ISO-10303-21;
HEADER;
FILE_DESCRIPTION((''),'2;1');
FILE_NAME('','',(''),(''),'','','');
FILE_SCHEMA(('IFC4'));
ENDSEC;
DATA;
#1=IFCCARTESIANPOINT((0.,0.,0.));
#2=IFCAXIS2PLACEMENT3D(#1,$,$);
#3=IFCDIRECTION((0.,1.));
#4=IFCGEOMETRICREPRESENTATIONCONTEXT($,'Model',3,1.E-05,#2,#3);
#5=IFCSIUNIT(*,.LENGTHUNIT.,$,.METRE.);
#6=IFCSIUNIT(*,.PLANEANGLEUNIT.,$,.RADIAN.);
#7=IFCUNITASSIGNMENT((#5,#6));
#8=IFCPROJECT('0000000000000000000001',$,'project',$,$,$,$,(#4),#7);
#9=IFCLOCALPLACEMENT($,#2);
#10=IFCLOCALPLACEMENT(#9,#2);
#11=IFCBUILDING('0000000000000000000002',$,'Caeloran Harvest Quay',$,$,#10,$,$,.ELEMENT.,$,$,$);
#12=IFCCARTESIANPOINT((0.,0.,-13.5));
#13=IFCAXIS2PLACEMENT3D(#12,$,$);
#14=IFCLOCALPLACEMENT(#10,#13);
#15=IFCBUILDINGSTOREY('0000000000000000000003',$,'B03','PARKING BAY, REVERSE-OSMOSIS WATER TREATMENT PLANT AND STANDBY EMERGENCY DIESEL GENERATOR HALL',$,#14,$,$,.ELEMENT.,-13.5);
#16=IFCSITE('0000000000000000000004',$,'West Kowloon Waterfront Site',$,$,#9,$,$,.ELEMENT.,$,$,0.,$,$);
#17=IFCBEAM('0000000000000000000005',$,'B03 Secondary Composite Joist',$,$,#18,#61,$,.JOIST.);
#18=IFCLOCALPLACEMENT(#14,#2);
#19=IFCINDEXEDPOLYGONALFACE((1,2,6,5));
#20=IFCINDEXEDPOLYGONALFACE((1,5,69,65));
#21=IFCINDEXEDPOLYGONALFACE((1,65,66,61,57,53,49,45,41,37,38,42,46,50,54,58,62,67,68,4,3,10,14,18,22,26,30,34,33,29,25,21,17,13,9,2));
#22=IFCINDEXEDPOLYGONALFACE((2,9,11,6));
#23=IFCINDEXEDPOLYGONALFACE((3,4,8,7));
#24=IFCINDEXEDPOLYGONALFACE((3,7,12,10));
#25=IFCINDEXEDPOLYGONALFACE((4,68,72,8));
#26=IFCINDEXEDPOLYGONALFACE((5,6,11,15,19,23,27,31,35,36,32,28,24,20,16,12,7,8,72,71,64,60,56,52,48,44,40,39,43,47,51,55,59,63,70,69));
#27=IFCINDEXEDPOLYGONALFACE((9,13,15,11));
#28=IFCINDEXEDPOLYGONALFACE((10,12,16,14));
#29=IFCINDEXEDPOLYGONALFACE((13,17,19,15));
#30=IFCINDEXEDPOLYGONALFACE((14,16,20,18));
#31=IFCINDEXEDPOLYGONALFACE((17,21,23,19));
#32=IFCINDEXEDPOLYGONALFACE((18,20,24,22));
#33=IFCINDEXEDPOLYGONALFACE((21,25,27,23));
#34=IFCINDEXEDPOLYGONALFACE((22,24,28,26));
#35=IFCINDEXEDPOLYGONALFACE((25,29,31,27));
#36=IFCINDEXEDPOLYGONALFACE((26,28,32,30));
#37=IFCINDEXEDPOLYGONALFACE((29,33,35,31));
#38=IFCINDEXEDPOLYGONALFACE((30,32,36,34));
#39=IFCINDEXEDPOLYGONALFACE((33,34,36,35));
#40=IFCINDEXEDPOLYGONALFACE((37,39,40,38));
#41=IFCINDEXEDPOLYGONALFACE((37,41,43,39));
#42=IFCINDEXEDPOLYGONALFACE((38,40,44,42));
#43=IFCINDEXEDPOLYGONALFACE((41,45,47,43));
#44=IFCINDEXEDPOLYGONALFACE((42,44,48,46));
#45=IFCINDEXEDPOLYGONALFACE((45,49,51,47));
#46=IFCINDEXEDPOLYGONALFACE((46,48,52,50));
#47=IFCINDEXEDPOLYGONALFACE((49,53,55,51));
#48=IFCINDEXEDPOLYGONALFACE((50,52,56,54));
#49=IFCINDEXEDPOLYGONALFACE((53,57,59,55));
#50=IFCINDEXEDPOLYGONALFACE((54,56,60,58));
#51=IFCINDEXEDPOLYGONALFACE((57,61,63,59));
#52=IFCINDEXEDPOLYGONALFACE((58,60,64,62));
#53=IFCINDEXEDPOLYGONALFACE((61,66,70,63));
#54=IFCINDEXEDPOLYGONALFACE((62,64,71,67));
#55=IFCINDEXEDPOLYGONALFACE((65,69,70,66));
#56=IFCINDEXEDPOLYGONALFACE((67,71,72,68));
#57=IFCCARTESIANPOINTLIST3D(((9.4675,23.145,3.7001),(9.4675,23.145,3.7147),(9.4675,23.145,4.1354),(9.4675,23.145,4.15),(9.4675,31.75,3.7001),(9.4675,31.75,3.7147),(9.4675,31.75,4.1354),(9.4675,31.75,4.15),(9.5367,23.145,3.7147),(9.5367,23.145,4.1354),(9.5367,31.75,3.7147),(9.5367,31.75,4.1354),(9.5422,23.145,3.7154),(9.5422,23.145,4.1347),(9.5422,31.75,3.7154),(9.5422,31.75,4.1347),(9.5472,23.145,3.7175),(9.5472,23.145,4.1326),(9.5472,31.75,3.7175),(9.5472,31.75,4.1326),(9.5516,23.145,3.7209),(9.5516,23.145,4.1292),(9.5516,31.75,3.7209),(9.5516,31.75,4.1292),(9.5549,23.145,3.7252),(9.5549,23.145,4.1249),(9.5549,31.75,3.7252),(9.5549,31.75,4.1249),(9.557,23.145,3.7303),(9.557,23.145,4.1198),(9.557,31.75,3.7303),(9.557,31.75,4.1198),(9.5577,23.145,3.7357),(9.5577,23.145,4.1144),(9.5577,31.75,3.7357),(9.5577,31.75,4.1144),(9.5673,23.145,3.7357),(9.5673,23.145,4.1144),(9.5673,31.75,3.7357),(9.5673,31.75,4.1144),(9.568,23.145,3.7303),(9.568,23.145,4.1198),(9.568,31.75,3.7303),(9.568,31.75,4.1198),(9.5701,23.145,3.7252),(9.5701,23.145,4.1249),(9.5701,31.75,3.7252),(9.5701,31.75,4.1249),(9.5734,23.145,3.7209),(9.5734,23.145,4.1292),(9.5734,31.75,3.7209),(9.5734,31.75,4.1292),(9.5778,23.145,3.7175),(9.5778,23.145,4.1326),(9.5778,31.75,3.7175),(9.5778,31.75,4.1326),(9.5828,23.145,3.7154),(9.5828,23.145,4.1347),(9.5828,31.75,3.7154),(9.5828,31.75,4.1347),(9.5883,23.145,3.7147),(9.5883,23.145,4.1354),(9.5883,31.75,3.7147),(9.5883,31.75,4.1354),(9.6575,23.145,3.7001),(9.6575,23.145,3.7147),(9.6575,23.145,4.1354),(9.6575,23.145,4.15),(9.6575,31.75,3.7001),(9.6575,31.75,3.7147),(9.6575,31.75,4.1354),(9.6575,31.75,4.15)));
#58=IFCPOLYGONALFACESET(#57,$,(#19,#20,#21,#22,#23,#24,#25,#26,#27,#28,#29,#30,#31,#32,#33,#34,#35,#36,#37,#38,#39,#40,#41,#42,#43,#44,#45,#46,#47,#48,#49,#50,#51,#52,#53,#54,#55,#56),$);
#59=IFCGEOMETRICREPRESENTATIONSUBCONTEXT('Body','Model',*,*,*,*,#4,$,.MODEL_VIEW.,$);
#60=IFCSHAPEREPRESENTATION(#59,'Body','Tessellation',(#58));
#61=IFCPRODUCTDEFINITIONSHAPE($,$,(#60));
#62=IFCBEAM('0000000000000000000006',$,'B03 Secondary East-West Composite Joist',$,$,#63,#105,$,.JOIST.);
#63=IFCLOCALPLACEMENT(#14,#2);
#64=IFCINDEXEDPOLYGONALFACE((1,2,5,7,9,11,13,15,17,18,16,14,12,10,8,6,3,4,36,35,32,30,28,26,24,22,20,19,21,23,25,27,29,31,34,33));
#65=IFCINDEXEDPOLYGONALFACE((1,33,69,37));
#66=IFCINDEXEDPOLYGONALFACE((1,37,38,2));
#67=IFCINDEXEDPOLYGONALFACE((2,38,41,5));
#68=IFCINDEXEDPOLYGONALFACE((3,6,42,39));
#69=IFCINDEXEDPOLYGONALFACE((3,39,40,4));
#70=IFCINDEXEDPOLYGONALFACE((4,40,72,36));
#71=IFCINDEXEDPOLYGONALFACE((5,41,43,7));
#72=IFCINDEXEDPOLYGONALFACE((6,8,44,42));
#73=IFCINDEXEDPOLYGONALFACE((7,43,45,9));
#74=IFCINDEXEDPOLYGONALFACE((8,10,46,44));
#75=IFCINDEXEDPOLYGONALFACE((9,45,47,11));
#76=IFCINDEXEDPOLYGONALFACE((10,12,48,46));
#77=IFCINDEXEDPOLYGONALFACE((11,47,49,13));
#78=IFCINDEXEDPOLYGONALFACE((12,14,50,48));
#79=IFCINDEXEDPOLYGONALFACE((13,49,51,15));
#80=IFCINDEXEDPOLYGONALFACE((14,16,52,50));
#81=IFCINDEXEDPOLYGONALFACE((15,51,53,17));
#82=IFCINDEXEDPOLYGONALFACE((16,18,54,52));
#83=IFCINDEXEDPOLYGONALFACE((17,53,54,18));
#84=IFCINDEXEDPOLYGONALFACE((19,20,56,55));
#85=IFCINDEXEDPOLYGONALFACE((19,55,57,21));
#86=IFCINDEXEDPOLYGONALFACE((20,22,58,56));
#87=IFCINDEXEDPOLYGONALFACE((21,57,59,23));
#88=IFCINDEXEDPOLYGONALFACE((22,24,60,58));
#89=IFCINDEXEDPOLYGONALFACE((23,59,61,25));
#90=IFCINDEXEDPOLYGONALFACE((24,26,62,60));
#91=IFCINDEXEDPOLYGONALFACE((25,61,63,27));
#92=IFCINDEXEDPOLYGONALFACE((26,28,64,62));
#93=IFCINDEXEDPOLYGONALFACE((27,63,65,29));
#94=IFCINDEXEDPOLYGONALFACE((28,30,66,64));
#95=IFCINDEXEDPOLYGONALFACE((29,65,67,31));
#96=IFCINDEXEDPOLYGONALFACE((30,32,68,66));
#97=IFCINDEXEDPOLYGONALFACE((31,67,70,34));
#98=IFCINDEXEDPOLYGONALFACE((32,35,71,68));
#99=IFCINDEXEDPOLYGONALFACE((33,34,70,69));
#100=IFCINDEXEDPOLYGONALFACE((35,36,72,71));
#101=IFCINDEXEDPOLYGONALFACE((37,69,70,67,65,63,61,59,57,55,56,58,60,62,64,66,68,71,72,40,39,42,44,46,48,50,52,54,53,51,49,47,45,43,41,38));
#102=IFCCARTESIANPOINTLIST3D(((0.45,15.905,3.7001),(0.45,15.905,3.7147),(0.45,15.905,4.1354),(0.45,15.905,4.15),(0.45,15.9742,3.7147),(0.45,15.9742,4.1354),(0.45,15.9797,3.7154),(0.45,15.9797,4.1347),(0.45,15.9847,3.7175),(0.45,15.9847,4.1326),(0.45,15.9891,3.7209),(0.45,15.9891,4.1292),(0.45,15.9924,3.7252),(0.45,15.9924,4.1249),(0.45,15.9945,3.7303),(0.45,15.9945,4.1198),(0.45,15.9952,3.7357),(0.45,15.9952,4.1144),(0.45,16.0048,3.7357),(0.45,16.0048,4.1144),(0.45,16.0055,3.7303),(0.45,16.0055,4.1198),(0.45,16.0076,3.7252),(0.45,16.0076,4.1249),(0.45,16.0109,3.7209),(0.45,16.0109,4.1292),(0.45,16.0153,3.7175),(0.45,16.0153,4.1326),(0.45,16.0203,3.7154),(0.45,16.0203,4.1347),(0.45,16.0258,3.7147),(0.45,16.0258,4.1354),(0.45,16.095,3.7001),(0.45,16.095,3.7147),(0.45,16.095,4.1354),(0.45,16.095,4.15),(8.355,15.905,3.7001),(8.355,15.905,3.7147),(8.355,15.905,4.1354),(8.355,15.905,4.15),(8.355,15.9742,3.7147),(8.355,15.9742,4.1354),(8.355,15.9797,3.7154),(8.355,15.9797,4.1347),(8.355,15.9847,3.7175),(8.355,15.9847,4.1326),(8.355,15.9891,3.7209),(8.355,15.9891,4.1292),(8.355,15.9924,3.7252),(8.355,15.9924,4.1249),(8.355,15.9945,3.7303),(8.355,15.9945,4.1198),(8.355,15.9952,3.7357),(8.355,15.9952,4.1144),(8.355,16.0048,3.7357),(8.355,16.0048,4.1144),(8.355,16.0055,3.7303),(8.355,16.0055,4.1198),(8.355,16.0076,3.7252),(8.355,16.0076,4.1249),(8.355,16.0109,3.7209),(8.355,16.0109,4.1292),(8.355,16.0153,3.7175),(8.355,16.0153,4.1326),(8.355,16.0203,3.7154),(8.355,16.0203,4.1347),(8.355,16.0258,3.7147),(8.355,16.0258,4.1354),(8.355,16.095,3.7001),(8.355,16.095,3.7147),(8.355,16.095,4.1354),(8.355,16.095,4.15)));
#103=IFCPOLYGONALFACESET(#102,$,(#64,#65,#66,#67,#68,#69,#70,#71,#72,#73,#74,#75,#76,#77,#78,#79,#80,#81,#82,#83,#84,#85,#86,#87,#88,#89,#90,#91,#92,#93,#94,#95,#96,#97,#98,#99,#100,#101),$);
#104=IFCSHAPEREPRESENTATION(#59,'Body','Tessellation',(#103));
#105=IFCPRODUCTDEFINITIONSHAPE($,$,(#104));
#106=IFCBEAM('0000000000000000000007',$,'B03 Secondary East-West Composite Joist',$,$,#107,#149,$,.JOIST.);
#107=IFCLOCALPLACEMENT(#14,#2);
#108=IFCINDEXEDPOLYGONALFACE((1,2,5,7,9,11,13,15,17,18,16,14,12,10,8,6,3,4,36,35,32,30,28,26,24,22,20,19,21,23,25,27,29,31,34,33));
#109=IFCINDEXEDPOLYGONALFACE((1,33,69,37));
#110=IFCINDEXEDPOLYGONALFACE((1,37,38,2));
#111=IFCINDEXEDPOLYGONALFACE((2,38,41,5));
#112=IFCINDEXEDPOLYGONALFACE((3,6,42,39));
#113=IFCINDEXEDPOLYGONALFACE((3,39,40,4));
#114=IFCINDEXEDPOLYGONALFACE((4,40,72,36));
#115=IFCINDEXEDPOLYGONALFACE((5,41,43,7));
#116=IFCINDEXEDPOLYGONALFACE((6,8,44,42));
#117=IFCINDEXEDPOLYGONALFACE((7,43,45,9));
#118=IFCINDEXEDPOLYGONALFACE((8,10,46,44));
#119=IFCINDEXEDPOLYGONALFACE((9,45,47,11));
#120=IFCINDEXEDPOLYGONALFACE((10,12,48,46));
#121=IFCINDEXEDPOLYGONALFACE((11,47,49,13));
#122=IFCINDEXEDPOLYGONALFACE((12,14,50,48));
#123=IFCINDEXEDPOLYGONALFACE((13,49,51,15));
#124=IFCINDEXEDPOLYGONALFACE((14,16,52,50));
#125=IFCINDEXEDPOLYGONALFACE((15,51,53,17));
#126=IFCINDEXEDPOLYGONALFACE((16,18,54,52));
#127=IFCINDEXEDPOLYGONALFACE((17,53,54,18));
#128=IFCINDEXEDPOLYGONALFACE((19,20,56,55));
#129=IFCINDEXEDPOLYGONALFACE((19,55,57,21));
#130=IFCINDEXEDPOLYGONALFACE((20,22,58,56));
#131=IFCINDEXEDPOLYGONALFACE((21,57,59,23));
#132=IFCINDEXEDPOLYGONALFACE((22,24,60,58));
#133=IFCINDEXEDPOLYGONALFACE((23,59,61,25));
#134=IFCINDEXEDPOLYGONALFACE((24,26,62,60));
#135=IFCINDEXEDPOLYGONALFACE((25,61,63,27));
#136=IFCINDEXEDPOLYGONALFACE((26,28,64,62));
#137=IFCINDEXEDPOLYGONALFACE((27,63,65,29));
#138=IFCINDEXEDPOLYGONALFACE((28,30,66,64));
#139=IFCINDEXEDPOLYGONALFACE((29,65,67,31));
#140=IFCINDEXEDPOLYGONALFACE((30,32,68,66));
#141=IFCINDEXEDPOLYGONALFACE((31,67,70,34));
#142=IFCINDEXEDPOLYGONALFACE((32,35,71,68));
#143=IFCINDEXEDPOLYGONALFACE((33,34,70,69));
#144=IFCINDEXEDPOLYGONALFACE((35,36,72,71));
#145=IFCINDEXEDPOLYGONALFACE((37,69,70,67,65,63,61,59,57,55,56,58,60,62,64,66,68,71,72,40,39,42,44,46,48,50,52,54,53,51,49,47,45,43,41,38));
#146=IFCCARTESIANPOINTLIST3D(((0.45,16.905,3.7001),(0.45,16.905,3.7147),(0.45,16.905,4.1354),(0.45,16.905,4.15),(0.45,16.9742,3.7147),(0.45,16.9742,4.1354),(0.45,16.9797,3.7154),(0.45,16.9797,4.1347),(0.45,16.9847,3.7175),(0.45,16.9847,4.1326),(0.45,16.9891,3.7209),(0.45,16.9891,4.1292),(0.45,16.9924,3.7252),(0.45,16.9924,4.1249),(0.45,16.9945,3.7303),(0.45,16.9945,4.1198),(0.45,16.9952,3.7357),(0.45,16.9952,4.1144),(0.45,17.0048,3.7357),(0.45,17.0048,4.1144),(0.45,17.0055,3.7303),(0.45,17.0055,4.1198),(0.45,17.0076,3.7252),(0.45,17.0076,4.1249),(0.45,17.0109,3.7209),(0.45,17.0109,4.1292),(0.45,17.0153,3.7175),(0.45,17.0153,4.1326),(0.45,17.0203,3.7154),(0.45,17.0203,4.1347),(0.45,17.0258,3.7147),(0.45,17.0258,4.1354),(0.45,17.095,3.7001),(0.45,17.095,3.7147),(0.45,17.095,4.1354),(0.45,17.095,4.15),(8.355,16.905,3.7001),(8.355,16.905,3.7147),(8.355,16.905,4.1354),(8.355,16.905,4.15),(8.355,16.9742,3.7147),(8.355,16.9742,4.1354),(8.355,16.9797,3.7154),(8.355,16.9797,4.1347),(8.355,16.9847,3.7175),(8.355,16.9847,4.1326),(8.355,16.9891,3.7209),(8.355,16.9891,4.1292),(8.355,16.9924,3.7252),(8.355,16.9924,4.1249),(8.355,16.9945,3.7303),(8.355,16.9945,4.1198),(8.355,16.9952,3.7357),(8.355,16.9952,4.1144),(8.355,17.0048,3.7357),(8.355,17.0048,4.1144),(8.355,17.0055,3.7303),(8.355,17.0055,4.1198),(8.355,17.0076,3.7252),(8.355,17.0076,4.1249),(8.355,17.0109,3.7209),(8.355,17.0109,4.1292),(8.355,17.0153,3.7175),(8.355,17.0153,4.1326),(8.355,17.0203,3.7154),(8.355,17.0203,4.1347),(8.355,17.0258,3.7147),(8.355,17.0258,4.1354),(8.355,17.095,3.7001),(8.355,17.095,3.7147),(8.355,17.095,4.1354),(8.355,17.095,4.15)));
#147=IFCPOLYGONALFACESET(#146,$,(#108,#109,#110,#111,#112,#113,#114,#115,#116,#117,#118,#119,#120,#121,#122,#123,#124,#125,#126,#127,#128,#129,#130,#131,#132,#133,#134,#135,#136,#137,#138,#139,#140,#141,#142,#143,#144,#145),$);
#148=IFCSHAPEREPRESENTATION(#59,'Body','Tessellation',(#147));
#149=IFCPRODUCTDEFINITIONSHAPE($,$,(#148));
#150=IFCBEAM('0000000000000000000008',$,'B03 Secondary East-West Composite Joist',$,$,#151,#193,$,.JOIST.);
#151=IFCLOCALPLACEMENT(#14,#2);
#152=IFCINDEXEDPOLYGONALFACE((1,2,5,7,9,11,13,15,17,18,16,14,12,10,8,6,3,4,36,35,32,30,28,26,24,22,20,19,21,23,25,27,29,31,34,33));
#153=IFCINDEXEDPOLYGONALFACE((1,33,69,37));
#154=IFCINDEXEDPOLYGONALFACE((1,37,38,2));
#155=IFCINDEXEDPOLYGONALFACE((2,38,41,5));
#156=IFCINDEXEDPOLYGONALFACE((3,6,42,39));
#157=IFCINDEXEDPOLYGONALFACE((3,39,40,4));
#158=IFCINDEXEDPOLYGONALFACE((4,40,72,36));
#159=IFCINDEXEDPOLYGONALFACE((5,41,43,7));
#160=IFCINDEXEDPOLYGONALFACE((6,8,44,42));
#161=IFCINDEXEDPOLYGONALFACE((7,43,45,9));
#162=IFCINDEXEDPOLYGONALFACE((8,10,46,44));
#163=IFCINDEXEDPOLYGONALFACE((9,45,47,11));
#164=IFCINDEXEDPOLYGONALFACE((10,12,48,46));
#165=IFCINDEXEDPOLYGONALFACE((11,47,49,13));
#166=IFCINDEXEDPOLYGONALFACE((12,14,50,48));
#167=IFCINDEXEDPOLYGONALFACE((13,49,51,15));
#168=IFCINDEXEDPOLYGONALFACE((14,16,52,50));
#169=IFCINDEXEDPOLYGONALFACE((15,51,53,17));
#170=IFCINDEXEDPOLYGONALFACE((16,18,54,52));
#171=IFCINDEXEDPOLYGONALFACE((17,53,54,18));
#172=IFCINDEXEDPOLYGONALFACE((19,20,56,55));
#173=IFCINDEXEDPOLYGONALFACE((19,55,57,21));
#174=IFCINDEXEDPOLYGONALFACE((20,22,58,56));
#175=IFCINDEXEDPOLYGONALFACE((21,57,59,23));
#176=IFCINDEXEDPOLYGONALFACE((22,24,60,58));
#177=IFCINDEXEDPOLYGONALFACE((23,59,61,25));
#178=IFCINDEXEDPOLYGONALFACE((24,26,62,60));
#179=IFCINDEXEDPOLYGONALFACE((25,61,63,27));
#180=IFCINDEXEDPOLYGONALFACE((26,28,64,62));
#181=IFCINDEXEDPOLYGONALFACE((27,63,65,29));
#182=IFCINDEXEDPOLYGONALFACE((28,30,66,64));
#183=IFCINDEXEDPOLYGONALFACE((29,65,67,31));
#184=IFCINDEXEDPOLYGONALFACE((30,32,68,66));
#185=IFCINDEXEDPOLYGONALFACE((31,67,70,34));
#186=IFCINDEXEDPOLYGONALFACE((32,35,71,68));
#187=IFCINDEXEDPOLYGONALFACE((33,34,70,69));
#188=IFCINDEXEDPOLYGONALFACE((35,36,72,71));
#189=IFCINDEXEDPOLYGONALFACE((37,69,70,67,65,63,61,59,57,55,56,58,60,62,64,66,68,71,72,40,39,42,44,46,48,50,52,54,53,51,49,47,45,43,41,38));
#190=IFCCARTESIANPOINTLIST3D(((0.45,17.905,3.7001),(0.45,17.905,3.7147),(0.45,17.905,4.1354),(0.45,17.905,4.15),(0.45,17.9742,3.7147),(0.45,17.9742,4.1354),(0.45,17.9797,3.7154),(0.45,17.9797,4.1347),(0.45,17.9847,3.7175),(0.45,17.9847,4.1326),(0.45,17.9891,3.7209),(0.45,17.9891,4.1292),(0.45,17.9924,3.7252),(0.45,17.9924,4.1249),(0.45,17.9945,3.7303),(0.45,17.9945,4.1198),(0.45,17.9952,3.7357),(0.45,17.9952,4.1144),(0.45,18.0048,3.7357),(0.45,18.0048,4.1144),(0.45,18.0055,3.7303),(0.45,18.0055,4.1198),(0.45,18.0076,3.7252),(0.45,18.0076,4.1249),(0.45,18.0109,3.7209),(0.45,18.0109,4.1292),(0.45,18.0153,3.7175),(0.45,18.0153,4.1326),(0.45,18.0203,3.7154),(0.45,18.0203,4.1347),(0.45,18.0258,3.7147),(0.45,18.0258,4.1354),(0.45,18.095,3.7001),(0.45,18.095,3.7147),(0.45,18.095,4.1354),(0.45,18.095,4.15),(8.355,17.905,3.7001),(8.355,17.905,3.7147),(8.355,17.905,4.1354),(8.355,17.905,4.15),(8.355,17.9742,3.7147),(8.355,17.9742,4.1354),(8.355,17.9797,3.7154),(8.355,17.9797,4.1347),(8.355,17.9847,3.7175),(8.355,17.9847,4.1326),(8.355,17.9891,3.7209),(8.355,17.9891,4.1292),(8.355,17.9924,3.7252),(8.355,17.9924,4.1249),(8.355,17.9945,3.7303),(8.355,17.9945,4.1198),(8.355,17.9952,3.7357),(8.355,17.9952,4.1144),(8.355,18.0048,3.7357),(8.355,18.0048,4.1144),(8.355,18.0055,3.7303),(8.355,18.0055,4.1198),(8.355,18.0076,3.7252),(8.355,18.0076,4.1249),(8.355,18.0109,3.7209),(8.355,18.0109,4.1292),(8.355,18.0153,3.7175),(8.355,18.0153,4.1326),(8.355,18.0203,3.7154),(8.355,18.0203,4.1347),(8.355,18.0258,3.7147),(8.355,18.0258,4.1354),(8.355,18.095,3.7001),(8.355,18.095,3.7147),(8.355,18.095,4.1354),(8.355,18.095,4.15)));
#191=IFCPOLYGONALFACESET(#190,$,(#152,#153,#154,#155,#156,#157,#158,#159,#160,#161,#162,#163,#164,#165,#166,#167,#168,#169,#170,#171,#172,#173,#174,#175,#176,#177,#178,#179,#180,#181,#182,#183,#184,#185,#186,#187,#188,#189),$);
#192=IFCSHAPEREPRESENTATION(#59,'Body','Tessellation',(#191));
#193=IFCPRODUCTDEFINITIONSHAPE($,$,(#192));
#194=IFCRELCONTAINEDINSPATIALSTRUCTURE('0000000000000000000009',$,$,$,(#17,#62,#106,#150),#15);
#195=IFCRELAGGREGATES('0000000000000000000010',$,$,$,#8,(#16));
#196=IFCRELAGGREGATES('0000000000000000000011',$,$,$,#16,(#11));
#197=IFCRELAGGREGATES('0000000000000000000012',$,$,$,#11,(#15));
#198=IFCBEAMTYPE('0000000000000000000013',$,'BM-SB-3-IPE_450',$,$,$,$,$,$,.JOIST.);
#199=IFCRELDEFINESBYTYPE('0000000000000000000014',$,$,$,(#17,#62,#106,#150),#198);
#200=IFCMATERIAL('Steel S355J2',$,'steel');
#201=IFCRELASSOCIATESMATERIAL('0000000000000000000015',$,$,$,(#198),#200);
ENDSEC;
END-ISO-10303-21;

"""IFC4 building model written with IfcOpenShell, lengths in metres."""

from ifc_helpers import new_model, si_unit, direction, frame, origin, origin_2d, place, context, subcontext, project, spatial, i_section, extrude, material, material_profile, profile_set, type_object, element, save


model = new_model("IFC4")

# Units and contexts
model_context = context("Model", 3, precision=1e-05, world=origin(), true_north=direction((0.0, 1.0)))
body_context = subcontext(model_context, "Body", "Model", "MODEL_VIEW")
ifc_project = project(units=[si_unit("LENGTHUNIT", "METRE"), si_unit("PLANEANGLEUNIT", "RADIAN")], contexts=[model_context])

# Site, building, storey
site_placement = place(None, origin())
site = spatial("IfcSite", under=ifc_project, at=site_placement, Name="West Kowloon Waterfront Site", CompositionType="ELEMENT", RefElevation=0.0)
building_placement = place(site_placement, origin())
building = spatial("IfcBuilding", under=site, at=building_placement, Name="Caeloran Harvest Quay", CompositionType="ELEMENT")
storey_placement = place(building_placement, frame((0.0, 0.0, -13.5)))
storey = spatial("IfcBuildingStorey", under=building, at=storey_placement, Name="B03", Description="PARKING BAY, REVERSE-OSMOSIS WATER TREATMENT PLANT AND STANDBY EMERGENCY DIESEL GENERATOR HALL", CompositionType="ELEMENT", Elevation=-13.5)

# Beams
ifc_material_1 = material(Name="Steel S355J2", Category="steel")
ifc_material_profile_1 = material_profile(ifc_material_1, i_section(OverallWidth=0.1899, OverallDepth=0.45, WebThickness=0.0095, FlangeThickness=0.0146, FilletRadius=0.021, at=origin_2d()), Name="IPE 450")
ifc_profile_set_1 = profile_set([ifc_material_profile_1], Name="Steel S355J2")
beam_type_1 = type_object("IfcBeamType", Name="BM-SB-3-IPE_450", PredefinedType="JOIST", material=ifc_profile_set_1)
beam_1_placement = place(storey_placement, frame((9.5625, 23.145, 3.925), z_axis=(0.0, 1.0, 0.0), x_axis=(-1.0, 0.0, 0.0)))
element("IfcBeam", 1, at=beam_1_placement, inside=storey, type_object=beam_type_1, Name="B03 Secondary Composite Joist", PredefinedType="JOIST", context=body_context, shape_type="SweptSolid", body=[
    extrude(i_section(OverallWidth=0.1899, OverallDepth=0.45, WebThickness=0.0095, FlangeThickness=0.0146, FilletRadius=0.021, at=origin_2d()), origin(), (0.0, 0.0, 1.0), 8.605),
])
for number, where, z_axis, x_axis, name in (
    (2, (0.45, 16.0, 3.925), (1.0, 0.0, 0.0), (0.0, 1.0, 0.0), "B03 Secondary East-West Composite Joist"),
    (3, (0.45, 17.0, 3.925), (1.0, 0.0, 0.0), (0.0, 1.0, 0.0), "B03 Secondary East-West Composite Joist"),
    (4, (0.45, 18.0, 3.925), (1.0, 0.0, 0.0), (0.0, 1.0, 0.0), "B03 Secondary East-West Composite Joist"),
):
    element("IfcBeam", number, at=place(storey_placement, frame(where, z_axis=z_axis, x_axis=x_axis)), inside=storey, type_object=beam_type_1, Name=name, PredefinedType="JOIST", context=body_context, shape_type="SweptSolid", body=[
        extrude(i_section(OverallWidth=0.1899, OverallDepth=0.45, WebThickness=0.0095, FlangeThickness=0.0146, FilletRadius=0.021, at=origin_2d()), origin(), (0.0, 0.0, 1.0), 7.905),
    ])

save(model, "model.ifc")
